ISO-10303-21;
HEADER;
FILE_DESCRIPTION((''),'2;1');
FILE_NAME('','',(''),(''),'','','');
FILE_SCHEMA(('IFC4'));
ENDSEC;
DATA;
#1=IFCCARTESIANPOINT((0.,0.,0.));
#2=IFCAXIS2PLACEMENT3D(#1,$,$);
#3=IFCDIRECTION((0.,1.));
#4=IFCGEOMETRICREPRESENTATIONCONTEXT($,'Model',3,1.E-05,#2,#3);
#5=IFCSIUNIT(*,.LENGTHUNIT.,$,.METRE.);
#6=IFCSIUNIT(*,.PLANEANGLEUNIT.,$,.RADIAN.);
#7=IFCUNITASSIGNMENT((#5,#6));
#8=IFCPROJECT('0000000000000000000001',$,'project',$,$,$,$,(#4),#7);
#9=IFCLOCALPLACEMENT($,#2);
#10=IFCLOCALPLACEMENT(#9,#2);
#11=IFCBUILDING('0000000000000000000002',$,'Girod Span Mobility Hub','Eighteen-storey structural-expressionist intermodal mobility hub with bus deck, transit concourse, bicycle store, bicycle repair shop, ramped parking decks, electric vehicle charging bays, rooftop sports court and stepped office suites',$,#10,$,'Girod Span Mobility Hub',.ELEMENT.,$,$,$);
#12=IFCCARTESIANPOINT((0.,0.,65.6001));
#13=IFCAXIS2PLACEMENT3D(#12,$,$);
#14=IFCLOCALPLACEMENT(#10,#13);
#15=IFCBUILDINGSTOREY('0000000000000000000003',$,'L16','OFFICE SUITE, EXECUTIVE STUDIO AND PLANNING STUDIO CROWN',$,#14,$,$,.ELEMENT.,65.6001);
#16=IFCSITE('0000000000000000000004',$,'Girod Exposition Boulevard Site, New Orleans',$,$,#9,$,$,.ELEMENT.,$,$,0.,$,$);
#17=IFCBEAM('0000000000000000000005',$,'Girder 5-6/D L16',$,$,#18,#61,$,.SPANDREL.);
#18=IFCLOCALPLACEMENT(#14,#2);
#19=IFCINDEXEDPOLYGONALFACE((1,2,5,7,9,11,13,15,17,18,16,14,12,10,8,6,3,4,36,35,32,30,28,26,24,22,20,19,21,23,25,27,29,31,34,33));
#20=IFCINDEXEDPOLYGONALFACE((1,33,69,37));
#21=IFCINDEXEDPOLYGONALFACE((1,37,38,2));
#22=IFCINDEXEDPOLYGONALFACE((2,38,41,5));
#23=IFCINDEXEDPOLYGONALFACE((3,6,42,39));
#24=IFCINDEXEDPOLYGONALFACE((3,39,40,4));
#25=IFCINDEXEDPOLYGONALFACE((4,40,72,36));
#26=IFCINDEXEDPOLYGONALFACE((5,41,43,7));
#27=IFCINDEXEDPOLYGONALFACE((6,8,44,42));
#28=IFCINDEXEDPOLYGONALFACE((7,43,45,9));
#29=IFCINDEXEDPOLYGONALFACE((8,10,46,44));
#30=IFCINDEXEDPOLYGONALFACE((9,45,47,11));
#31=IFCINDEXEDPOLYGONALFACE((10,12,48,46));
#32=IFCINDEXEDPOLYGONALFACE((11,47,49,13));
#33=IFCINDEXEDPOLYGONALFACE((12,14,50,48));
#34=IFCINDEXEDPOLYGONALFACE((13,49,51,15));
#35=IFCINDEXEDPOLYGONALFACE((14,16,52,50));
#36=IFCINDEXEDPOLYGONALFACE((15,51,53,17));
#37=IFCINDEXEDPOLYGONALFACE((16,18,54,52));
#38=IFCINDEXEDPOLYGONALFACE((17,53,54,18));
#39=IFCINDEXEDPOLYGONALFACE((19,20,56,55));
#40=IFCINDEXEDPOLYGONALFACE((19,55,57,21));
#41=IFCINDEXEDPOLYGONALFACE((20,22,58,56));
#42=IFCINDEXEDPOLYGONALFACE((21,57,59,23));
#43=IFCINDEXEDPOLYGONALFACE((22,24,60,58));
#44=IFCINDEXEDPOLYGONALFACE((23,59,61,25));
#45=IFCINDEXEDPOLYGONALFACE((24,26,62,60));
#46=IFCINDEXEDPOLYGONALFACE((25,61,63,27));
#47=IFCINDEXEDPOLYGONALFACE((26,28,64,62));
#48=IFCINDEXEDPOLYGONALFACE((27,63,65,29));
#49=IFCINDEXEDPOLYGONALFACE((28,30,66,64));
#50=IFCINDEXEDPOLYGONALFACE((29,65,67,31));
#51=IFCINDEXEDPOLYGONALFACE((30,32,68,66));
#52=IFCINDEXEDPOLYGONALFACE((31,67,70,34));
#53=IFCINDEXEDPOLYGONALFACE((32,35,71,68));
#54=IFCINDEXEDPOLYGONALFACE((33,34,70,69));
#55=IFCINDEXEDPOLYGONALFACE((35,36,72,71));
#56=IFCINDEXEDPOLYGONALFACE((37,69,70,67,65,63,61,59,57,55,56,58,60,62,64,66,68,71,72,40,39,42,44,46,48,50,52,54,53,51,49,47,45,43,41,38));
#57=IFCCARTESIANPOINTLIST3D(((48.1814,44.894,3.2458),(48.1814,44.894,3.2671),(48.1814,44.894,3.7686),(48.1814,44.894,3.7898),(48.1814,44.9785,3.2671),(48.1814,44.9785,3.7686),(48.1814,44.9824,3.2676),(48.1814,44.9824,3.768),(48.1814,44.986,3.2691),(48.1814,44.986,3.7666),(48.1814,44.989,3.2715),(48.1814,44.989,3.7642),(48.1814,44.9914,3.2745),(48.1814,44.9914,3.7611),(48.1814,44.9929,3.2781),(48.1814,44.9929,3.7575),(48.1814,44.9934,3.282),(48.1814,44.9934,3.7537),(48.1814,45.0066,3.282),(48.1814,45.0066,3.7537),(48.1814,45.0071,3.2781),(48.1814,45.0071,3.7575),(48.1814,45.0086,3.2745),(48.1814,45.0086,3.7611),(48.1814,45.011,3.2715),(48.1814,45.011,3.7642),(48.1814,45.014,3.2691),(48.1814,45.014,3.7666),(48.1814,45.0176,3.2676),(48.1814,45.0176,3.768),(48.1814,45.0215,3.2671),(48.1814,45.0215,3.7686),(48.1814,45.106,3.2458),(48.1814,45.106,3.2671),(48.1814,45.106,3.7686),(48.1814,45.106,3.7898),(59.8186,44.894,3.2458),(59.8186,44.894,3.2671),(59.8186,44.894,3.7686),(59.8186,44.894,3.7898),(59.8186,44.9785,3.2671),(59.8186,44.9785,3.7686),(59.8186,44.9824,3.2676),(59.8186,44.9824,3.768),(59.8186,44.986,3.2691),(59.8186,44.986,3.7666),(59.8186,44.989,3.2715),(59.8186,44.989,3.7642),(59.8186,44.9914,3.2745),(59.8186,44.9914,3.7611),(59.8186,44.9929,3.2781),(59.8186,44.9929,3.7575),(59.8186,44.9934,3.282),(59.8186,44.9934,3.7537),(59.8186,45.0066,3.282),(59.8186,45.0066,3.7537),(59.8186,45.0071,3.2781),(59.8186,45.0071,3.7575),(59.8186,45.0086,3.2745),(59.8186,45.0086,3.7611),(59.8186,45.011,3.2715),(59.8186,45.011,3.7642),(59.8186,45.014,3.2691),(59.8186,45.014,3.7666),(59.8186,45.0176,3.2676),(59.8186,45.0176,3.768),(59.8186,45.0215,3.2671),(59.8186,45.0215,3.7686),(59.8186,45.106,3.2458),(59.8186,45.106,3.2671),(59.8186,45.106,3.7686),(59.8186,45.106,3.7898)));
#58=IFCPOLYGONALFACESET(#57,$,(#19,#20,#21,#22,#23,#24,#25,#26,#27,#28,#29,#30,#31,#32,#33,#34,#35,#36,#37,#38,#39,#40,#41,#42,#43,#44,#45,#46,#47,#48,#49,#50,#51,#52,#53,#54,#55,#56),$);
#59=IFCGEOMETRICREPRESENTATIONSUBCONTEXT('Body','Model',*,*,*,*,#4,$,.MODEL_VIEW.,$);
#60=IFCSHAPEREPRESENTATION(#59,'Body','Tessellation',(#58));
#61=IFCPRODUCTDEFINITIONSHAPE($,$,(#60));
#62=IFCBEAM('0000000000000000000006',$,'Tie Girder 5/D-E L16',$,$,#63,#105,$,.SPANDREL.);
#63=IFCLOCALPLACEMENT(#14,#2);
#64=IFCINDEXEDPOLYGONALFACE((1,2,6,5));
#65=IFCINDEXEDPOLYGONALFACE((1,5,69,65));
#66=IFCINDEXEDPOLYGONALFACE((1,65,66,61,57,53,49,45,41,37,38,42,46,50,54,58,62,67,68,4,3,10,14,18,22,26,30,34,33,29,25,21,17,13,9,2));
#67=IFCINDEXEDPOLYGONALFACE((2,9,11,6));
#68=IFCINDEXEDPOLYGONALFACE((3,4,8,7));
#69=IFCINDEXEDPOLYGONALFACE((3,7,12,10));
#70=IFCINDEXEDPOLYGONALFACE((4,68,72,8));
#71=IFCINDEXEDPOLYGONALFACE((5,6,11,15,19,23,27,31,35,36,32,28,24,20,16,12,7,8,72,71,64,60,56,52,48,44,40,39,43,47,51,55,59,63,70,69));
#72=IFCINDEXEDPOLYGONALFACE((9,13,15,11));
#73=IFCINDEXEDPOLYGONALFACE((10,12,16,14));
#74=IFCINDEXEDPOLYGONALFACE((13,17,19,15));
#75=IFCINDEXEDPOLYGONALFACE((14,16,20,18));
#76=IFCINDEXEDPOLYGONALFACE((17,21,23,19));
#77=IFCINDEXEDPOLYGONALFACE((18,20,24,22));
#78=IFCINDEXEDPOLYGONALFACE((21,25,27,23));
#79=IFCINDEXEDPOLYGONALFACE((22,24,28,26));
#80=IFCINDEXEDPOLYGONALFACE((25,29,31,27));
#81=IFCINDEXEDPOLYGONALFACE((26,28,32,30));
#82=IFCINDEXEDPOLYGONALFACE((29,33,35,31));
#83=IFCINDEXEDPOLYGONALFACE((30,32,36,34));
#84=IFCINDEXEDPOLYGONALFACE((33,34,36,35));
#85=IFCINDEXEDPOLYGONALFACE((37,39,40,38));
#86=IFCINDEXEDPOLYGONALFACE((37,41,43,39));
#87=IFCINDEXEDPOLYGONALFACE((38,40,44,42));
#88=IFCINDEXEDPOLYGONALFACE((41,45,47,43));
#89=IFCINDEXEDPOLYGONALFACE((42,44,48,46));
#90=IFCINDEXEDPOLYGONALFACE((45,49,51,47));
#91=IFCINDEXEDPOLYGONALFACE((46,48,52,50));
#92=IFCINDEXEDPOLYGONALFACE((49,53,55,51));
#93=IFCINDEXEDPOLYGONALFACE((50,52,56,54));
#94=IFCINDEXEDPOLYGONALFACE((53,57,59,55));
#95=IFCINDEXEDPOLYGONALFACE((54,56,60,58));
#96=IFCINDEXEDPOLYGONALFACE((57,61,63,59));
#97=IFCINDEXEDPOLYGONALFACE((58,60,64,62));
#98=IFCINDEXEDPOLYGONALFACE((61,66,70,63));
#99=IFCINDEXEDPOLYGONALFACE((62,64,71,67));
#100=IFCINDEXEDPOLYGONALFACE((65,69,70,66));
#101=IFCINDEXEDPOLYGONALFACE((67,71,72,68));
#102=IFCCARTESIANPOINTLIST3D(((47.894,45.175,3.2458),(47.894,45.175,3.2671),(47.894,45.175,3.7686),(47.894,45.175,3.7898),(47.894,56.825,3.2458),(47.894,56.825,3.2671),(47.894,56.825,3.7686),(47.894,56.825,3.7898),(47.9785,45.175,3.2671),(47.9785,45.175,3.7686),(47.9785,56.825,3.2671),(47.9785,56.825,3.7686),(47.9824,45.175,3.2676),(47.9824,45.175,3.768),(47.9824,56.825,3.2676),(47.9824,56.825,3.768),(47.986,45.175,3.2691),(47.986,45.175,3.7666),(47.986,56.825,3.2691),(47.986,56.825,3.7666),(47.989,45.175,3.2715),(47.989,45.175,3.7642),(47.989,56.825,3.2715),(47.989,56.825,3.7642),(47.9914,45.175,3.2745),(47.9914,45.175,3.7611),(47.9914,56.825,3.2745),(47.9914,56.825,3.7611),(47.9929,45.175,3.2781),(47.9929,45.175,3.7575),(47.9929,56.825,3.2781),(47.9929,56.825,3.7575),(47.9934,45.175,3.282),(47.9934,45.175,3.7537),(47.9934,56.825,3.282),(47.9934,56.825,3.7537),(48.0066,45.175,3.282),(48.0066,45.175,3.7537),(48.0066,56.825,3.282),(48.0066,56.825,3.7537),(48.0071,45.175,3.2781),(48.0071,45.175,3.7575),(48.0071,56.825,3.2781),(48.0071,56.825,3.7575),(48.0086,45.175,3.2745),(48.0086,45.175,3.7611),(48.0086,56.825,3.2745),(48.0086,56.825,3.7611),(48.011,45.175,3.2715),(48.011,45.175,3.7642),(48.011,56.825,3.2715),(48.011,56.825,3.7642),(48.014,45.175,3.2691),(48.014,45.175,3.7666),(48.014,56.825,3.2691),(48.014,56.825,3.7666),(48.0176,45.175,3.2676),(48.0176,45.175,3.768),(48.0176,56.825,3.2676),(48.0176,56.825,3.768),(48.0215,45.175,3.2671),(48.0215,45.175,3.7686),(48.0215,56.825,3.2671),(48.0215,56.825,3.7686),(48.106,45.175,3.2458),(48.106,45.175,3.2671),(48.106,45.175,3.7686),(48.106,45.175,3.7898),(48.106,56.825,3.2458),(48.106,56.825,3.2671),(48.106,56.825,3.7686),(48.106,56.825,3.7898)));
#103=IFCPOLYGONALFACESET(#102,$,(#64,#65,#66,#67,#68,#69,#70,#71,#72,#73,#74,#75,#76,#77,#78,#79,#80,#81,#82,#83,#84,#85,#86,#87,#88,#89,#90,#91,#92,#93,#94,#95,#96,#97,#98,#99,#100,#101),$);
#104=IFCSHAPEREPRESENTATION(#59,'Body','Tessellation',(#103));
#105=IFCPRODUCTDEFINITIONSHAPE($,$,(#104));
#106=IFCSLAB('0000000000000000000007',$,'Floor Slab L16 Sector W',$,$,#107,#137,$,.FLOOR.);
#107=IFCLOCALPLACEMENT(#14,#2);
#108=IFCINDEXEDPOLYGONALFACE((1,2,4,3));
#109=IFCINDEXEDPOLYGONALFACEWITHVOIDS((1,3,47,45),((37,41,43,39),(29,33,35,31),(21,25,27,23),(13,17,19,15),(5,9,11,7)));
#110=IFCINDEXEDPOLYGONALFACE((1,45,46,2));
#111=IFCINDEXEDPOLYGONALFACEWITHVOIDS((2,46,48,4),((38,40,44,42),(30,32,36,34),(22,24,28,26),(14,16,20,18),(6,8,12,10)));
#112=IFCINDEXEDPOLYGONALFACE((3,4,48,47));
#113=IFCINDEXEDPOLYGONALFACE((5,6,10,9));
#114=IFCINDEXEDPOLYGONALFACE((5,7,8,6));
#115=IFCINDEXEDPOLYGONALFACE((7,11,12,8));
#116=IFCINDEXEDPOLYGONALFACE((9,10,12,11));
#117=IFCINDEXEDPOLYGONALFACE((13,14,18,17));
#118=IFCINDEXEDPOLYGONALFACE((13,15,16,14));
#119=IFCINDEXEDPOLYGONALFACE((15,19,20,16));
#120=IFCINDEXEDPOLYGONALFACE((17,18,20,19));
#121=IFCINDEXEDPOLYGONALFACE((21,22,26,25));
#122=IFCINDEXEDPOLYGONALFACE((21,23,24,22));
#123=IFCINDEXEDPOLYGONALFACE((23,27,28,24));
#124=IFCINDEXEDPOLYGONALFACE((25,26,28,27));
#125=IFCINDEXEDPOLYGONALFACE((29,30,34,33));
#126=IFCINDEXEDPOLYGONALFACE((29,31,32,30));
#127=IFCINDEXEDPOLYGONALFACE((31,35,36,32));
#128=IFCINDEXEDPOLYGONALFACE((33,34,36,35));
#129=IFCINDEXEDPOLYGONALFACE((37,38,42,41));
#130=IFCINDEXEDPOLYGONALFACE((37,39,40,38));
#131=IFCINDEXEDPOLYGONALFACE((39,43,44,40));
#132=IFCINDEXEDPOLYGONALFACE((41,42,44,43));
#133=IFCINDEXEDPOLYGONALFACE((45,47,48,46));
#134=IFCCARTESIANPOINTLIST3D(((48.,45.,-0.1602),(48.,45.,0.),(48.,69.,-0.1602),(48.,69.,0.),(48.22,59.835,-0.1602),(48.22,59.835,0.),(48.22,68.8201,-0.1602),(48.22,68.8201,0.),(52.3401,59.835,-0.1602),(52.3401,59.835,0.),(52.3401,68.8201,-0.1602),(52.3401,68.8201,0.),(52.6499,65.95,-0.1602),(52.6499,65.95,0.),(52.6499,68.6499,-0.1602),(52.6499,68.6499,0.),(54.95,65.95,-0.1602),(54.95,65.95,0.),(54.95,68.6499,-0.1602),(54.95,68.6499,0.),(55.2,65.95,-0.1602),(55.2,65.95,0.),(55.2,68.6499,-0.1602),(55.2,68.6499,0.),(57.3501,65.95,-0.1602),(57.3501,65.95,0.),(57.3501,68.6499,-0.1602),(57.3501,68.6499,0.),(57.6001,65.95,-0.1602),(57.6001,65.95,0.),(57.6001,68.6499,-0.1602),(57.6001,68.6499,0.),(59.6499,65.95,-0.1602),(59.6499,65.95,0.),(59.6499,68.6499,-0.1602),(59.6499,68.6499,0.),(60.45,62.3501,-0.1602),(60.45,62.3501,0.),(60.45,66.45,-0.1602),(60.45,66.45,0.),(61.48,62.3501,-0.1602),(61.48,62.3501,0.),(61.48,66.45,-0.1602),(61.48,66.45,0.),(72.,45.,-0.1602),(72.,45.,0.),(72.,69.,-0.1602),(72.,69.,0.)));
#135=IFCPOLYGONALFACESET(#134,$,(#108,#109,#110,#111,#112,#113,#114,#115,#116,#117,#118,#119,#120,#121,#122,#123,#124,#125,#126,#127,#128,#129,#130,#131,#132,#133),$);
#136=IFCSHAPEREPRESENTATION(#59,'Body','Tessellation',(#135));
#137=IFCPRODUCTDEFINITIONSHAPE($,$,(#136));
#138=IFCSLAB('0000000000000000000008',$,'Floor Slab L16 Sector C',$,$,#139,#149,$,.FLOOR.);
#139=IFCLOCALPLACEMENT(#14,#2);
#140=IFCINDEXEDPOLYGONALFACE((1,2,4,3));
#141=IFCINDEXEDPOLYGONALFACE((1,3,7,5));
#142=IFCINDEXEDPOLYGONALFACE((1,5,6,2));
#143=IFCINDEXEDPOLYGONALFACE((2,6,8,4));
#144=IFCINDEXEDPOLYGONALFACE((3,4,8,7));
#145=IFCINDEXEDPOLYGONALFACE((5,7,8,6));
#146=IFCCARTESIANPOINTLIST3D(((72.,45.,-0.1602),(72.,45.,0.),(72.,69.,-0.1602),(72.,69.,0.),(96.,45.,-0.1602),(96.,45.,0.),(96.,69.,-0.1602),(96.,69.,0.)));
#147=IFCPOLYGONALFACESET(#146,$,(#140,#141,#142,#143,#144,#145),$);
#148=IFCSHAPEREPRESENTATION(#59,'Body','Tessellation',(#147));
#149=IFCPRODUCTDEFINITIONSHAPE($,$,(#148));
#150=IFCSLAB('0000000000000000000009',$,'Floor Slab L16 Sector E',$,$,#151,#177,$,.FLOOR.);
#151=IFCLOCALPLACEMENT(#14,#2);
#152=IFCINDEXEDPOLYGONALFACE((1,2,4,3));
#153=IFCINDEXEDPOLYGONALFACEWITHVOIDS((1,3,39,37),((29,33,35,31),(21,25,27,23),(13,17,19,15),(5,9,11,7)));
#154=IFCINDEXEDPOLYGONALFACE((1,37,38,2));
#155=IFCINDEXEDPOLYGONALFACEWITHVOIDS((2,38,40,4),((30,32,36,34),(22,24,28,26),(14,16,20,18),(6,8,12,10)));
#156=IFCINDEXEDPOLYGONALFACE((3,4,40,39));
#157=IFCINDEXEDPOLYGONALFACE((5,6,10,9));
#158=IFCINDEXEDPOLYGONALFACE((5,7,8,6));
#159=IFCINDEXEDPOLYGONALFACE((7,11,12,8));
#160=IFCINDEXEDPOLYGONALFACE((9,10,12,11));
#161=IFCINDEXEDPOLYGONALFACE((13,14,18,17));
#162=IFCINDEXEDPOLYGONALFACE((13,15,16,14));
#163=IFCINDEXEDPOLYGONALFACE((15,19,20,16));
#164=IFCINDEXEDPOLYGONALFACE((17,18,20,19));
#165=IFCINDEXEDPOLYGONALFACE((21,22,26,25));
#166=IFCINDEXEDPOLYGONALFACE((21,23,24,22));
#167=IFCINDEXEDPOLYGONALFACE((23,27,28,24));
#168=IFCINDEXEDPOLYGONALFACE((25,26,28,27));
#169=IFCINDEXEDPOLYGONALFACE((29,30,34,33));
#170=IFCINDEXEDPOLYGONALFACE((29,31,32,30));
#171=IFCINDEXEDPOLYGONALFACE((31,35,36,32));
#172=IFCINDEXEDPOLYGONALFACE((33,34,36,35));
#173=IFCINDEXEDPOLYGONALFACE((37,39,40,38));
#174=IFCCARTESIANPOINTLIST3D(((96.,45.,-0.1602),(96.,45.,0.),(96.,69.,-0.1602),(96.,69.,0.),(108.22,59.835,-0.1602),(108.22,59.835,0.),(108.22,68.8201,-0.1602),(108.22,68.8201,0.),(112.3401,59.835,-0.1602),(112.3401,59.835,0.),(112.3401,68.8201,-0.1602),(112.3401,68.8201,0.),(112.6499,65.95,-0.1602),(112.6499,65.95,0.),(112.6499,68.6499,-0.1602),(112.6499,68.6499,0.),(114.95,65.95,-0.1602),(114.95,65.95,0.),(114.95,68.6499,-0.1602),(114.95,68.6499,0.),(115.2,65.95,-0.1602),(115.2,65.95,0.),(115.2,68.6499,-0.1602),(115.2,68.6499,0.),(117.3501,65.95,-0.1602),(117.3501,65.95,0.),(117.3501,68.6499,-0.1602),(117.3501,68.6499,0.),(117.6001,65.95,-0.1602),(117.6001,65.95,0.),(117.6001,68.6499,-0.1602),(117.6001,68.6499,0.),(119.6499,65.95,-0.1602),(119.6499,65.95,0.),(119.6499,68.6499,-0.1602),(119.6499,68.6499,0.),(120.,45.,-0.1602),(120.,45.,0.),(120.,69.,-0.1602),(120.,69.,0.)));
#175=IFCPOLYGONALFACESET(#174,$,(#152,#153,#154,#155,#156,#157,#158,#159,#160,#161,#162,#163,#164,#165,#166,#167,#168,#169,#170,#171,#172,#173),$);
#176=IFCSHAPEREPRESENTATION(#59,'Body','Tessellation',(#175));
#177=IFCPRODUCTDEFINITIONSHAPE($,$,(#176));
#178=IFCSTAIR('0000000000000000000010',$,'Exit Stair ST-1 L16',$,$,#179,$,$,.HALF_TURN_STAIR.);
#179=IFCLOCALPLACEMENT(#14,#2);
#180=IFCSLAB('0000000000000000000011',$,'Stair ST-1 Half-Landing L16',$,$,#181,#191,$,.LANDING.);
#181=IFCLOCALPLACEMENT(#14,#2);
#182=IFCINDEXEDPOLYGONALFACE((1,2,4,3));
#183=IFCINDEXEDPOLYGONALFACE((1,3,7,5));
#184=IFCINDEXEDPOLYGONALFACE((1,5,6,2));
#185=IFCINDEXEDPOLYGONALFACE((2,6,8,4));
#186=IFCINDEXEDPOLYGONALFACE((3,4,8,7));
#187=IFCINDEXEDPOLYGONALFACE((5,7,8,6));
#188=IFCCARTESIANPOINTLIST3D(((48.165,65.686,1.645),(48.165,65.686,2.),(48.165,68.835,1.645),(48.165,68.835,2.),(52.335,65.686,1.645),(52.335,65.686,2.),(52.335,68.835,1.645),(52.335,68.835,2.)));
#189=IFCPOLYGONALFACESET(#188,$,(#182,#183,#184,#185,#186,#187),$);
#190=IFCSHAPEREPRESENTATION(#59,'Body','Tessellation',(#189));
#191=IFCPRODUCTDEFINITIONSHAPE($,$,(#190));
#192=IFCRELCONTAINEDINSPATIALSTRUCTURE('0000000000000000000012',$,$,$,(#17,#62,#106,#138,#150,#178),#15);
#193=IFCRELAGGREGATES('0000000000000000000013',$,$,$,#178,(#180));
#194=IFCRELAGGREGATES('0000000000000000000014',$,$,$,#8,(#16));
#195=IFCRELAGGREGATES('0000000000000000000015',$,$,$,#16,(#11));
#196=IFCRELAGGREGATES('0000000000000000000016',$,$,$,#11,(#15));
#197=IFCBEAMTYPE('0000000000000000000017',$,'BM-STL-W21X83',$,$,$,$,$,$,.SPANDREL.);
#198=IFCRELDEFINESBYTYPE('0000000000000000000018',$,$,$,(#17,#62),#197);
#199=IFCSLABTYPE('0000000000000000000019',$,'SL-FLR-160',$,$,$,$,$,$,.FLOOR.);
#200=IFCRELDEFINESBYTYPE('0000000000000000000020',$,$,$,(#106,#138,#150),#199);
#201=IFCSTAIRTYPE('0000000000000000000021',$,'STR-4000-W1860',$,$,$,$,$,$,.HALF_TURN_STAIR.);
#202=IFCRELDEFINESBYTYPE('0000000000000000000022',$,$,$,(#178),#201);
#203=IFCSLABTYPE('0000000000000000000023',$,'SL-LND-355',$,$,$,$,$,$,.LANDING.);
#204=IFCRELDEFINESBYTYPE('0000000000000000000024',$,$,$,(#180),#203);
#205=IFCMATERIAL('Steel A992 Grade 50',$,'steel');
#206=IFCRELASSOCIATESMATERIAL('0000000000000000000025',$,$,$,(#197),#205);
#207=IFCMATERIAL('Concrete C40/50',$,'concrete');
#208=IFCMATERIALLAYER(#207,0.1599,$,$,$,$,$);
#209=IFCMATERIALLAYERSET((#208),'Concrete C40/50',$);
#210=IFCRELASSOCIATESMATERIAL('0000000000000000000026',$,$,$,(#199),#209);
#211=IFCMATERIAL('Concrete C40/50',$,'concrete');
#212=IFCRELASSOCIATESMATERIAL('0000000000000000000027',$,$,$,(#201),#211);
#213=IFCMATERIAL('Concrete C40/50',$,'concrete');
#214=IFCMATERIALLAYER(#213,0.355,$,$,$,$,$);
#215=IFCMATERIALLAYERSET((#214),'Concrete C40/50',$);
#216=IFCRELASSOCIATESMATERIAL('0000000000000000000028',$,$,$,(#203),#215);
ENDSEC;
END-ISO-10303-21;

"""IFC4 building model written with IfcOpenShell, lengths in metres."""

from ifc_helpers import new_model, si_unit, direction, frame, origin, origin_2d, place, context, subcontext, project, spatial, polyline, i_section, outline, extrude, material, layer, layer_set, material_profile, profile_set, type_object, element, aggregate, save


model = new_model("IFC4")

# Units and contexts
model_context = context("Model", 3, precision=1e-05, world=origin(), true_north=direction((0.0, 1.0)))
body_context = subcontext(model_context, "Body", "Model", "MODEL_VIEW")
ifc_project = project(units=[si_unit("LENGTHUNIT", "METRE"), si_unit("PLANEANGLEUNIT", "RADIAN")], contexts=[model_context])

# Site, building, storey
site_placement = place(None, origin())
site = spatial("IfcSite", under=ifc_project, at=site_placement, Name="Girod Exposition Boulevard Site, New Orleans", CompositionType="ELEMENT", RefElevation=0.0)
building_placement = place(site_placement, origin())
building = spatial("IfcBuilding", under=site, at=building_placement, Name="Girod Span Mobility Hub", Description="Eighteen-storey structural-expressionist intermodal mobility hub with bus deck, transit concourse, bicycle store, bicycle repair shop, ramped parking decks, electric vehicle charging bays, rooftop sports court and stepped office suites", LongName="Girod Span Mobility Hub", CompositionType="ELEMENT")
storey_placement = place(building_placement, frame((0.0, 0.0, 65.6001)))
storey = spatial("IfcBuildingStorey", under=building, at=storey_placement, Name="L16", Description="OFFICE SUITE, EXECUTIVE STUDIO AND PLANNING STUDIO CROWN", CompositionType="ELEMENT", Elevation=65.6001)

# Beams
ifc_material_1 = material(Name="Steel A992 Grade 50", Category="steel")
ifc_material_profile_1 = material_profile(ifc_material_1, i_section(OverallWidth=0.2119, OverallDepth=0.5439, WebThickness=0.0132, FlangeThickness=0.0212, FilletRadius=0.0149, at=origin_2d()), Name="W21X83")
ifc_profile_set_1 = profile_set([ifc_material_profile_1], Name="Steel A992 Grade 50")
beam_type_1 = type_object("IfcBeamType", Name="BM-STL-W21X83", PredefinedType="SPANDREL", material=ifc_profile_set_1)
beam_1_placement = place(storey_placement, frame((48.1814, 45.0, 3.5178), z_axis=(1.0, 0.0, 0.0), x_axis=(0.0, 1.0, 0.0)))
element("IfcBeam", 1, at=beam_1_placement, inside=storey, type_object=beam_type_1, Name="Girder 5-6/D L16", PredefinedType="SPANDREL", context=body_context, shape_type="SweptSolid", body=[
    extrude(i_section(OverallWidth=0.2119, OverallDepth=0.5439, WebThickness=0.0132, FlangeThickness=0.0212, FilletRadius=0.0149, at=origin_2d()), origin(), (0.0, 0.0, 1.0), 11.6372),
])
beam_2_placement = place(storey_placement, frame((48.0, 45.175, 3.5178), z_axis=(0.0, 1.0, 0.0), x_axis=(-1.0, 0.0, 0.0)))
element("IfcBeam", 2, at=beam_2_placement, inside=storey, type_object=beam_type_1, Name="Tie Girder 5/D-E L16", PredefinedType="SPANDREL", context=body_context, shape_type="SweptSolid", body=[
    extrude(i_section(OverallWidth=0.2119, OverallDepth=0.5439, WebThickness=0.0132, FlangeThickness=0.0212, FilletRadius=0.0149, at=origin_2d()), origin(), (0.0, 0.0, 1.0), 11.6499),
])

# Slabs
ifc_material_2 = material(Name="Concrete C40/50", Category="concrete")
ifc_layer_1 = layer(ifc_material_2, 0.1599)
ifc_layer_set_1 = layer_set([ifc_layer_1], Name="Concrete C40/50")
slab_type_1 = type_object("IfcSlabType", Name="SL-FLR-160", PredefinedType="FLOOR", material=ifc_layer_set_1)
slab_1_placement = place(storey_placement, frame((0.0, 0.0, -0.1602)))
element("IfcSlab", 3, at=slab_1_placement, inside=storey, type_object=slab_type_1, Name="Floor Slab L16 Sector W", PredefinedType="FLOOR", context=body_context, shape_type="SweptSolid", body=[
    extrude(outline(polyline([(48.0, 69.0), (72.0, 69.0), (72.0, 45.0), (48.0, 45.0), (48.0, 69.0)]), holes=[polyline([(48.22, 59.835), (52.3401, 59.835), (52.3401, 68.8201), (48.22, 68.8201), (48.22, 59.835)]), polyline([(60.45, 62.3501), (61.48, 62.3501), (61.48, 66.45), (60.45, 66.45), (60.45, 62.3501)]), polyline([(52.6499, 65.95), (54.95, 65.95), (54.95, 68.6499), (52.6499, 68.6499), (52.6499, 65.95)]), polyline([(55.2, 65.95), (57.3501, 65.95), (57.3501, 68.6499), (55.2, 68.6499), (55.2, 65.95)]), polyline([(57.6001, 65.95), (59.6499, 65.95), (59.6499, 68.6499), (57.6001, 68.6499), (57.6001, 65.95)])]), origin(), (0.0, 0.0, 1.0), 0.1602),
])
slab_2_placement = place(storey_placement, frame((0.0, 0.0, -0.1602)))
element("IfcSlab", 4, at=slab_2_placement, inside=storey, type_object=slab_type_1, Name="Floor Slab L16 Sector C", PredefinedType="FLOOR", context=body_context, shape_type="SweptSolid", body=[
    extrude(outline(polyline([(96.0, 69.0), (96.0, 45.0), (72.0, 45.0), (72.0, 69.0), (96.0, 69.0)])), origin(), (0.0, 0.0, 1.0), 0.1602),
])
slab_3_placement = place(storey_placement, frame((0.0, 0.0, -0.1602)))
element("IfcSlab", 5, at=slab_3_placement, inside=storey, type_object=slab_type_1, Name="Floor Slab L16 Sector E", PredefinedType="FLOOR", context=body_context, shape_type="SweptSolid", body=[
    extrude(outline(polyline([(120.0, 69.0), (120.0, 45.0), (96.0, 45.0), (96.0, 69.0), (120.0, 69.0)]), holes=[polyline([(108.22, 59.835), (112.3401, 59.835), (112.3401, 68.8201), (108.22, 68.8201), (108.22, 59.835)]), polyline([(112.6499, 65.95), (114.95, 65.95), (114.95, 68.6499), (112.6499, 68.6499), (112.6499, 65.95)]), polyline([(115.2, 68.6499), (115.2, 65.95), (117.3501, 65.95), (117.3501, 68.6499), (115.2, 68.6499)]), polyline([(117.6001, 68.6499), (117.6001, 65.95), (119.6499, 65.95), (119.6499, 68.6499), (117.6001, 68.6499)])]), origin(), (0.0, 0.0, 1.0), 0.1602),
])

# Stair, slab
ifc_material_3 = material(Name="Concrete C40/50", Category="concrete")
stair_type = type_object("IfcStairType", Name="STR-4000-W1860", PredefinedType="HALF_TURN_STAIR", material=ifc_material_3)
stair_1_placement = place(storey_placement, origin())
stair_1 = element("IfcStair", 6, at=stair_1_placement, inside=storey, type_object=stair_type, Name="Exit Stair ST-1 L16", PredefinedType="HALF_TURN_STAIR")
ifc_material_4 = material(Name="Concrete C40/50", Category="concrete")
ifc_layer_2 = layer(ifc_material_4, 0.355)
ifc_layer_set_2 = layer_set([ifc_layer_2], Name="Concrete C40/50")
slab_type_2 = type_object("IfcSlabType", Name="SL-LND-355", PredefinedType="LANDING", material=ifc_layer_set_2)
slab_4_placement = place(storey_placement, frame((0.0, 0.0, 1.645)))
slab_4 = element("IfcSlab", 7, at=slab_4_placement, type_object=slab_type_2, Name="Stair ST-1 Half-Landing L16", PredefinedType="LANDING", context=body_context, shape_type="SweptSolid", body=[
    extrude(outline(polyline([(52.335, 65.686), (52.335, 68.835), (48.165, 68.835), (48.165, 65.686), (52.335, 65.686)])), origin(), (0.0, 0.0, 1.0), 0.355),
])
aggregate(stair_1, [slab_4])

save(model, "model.ifc")
